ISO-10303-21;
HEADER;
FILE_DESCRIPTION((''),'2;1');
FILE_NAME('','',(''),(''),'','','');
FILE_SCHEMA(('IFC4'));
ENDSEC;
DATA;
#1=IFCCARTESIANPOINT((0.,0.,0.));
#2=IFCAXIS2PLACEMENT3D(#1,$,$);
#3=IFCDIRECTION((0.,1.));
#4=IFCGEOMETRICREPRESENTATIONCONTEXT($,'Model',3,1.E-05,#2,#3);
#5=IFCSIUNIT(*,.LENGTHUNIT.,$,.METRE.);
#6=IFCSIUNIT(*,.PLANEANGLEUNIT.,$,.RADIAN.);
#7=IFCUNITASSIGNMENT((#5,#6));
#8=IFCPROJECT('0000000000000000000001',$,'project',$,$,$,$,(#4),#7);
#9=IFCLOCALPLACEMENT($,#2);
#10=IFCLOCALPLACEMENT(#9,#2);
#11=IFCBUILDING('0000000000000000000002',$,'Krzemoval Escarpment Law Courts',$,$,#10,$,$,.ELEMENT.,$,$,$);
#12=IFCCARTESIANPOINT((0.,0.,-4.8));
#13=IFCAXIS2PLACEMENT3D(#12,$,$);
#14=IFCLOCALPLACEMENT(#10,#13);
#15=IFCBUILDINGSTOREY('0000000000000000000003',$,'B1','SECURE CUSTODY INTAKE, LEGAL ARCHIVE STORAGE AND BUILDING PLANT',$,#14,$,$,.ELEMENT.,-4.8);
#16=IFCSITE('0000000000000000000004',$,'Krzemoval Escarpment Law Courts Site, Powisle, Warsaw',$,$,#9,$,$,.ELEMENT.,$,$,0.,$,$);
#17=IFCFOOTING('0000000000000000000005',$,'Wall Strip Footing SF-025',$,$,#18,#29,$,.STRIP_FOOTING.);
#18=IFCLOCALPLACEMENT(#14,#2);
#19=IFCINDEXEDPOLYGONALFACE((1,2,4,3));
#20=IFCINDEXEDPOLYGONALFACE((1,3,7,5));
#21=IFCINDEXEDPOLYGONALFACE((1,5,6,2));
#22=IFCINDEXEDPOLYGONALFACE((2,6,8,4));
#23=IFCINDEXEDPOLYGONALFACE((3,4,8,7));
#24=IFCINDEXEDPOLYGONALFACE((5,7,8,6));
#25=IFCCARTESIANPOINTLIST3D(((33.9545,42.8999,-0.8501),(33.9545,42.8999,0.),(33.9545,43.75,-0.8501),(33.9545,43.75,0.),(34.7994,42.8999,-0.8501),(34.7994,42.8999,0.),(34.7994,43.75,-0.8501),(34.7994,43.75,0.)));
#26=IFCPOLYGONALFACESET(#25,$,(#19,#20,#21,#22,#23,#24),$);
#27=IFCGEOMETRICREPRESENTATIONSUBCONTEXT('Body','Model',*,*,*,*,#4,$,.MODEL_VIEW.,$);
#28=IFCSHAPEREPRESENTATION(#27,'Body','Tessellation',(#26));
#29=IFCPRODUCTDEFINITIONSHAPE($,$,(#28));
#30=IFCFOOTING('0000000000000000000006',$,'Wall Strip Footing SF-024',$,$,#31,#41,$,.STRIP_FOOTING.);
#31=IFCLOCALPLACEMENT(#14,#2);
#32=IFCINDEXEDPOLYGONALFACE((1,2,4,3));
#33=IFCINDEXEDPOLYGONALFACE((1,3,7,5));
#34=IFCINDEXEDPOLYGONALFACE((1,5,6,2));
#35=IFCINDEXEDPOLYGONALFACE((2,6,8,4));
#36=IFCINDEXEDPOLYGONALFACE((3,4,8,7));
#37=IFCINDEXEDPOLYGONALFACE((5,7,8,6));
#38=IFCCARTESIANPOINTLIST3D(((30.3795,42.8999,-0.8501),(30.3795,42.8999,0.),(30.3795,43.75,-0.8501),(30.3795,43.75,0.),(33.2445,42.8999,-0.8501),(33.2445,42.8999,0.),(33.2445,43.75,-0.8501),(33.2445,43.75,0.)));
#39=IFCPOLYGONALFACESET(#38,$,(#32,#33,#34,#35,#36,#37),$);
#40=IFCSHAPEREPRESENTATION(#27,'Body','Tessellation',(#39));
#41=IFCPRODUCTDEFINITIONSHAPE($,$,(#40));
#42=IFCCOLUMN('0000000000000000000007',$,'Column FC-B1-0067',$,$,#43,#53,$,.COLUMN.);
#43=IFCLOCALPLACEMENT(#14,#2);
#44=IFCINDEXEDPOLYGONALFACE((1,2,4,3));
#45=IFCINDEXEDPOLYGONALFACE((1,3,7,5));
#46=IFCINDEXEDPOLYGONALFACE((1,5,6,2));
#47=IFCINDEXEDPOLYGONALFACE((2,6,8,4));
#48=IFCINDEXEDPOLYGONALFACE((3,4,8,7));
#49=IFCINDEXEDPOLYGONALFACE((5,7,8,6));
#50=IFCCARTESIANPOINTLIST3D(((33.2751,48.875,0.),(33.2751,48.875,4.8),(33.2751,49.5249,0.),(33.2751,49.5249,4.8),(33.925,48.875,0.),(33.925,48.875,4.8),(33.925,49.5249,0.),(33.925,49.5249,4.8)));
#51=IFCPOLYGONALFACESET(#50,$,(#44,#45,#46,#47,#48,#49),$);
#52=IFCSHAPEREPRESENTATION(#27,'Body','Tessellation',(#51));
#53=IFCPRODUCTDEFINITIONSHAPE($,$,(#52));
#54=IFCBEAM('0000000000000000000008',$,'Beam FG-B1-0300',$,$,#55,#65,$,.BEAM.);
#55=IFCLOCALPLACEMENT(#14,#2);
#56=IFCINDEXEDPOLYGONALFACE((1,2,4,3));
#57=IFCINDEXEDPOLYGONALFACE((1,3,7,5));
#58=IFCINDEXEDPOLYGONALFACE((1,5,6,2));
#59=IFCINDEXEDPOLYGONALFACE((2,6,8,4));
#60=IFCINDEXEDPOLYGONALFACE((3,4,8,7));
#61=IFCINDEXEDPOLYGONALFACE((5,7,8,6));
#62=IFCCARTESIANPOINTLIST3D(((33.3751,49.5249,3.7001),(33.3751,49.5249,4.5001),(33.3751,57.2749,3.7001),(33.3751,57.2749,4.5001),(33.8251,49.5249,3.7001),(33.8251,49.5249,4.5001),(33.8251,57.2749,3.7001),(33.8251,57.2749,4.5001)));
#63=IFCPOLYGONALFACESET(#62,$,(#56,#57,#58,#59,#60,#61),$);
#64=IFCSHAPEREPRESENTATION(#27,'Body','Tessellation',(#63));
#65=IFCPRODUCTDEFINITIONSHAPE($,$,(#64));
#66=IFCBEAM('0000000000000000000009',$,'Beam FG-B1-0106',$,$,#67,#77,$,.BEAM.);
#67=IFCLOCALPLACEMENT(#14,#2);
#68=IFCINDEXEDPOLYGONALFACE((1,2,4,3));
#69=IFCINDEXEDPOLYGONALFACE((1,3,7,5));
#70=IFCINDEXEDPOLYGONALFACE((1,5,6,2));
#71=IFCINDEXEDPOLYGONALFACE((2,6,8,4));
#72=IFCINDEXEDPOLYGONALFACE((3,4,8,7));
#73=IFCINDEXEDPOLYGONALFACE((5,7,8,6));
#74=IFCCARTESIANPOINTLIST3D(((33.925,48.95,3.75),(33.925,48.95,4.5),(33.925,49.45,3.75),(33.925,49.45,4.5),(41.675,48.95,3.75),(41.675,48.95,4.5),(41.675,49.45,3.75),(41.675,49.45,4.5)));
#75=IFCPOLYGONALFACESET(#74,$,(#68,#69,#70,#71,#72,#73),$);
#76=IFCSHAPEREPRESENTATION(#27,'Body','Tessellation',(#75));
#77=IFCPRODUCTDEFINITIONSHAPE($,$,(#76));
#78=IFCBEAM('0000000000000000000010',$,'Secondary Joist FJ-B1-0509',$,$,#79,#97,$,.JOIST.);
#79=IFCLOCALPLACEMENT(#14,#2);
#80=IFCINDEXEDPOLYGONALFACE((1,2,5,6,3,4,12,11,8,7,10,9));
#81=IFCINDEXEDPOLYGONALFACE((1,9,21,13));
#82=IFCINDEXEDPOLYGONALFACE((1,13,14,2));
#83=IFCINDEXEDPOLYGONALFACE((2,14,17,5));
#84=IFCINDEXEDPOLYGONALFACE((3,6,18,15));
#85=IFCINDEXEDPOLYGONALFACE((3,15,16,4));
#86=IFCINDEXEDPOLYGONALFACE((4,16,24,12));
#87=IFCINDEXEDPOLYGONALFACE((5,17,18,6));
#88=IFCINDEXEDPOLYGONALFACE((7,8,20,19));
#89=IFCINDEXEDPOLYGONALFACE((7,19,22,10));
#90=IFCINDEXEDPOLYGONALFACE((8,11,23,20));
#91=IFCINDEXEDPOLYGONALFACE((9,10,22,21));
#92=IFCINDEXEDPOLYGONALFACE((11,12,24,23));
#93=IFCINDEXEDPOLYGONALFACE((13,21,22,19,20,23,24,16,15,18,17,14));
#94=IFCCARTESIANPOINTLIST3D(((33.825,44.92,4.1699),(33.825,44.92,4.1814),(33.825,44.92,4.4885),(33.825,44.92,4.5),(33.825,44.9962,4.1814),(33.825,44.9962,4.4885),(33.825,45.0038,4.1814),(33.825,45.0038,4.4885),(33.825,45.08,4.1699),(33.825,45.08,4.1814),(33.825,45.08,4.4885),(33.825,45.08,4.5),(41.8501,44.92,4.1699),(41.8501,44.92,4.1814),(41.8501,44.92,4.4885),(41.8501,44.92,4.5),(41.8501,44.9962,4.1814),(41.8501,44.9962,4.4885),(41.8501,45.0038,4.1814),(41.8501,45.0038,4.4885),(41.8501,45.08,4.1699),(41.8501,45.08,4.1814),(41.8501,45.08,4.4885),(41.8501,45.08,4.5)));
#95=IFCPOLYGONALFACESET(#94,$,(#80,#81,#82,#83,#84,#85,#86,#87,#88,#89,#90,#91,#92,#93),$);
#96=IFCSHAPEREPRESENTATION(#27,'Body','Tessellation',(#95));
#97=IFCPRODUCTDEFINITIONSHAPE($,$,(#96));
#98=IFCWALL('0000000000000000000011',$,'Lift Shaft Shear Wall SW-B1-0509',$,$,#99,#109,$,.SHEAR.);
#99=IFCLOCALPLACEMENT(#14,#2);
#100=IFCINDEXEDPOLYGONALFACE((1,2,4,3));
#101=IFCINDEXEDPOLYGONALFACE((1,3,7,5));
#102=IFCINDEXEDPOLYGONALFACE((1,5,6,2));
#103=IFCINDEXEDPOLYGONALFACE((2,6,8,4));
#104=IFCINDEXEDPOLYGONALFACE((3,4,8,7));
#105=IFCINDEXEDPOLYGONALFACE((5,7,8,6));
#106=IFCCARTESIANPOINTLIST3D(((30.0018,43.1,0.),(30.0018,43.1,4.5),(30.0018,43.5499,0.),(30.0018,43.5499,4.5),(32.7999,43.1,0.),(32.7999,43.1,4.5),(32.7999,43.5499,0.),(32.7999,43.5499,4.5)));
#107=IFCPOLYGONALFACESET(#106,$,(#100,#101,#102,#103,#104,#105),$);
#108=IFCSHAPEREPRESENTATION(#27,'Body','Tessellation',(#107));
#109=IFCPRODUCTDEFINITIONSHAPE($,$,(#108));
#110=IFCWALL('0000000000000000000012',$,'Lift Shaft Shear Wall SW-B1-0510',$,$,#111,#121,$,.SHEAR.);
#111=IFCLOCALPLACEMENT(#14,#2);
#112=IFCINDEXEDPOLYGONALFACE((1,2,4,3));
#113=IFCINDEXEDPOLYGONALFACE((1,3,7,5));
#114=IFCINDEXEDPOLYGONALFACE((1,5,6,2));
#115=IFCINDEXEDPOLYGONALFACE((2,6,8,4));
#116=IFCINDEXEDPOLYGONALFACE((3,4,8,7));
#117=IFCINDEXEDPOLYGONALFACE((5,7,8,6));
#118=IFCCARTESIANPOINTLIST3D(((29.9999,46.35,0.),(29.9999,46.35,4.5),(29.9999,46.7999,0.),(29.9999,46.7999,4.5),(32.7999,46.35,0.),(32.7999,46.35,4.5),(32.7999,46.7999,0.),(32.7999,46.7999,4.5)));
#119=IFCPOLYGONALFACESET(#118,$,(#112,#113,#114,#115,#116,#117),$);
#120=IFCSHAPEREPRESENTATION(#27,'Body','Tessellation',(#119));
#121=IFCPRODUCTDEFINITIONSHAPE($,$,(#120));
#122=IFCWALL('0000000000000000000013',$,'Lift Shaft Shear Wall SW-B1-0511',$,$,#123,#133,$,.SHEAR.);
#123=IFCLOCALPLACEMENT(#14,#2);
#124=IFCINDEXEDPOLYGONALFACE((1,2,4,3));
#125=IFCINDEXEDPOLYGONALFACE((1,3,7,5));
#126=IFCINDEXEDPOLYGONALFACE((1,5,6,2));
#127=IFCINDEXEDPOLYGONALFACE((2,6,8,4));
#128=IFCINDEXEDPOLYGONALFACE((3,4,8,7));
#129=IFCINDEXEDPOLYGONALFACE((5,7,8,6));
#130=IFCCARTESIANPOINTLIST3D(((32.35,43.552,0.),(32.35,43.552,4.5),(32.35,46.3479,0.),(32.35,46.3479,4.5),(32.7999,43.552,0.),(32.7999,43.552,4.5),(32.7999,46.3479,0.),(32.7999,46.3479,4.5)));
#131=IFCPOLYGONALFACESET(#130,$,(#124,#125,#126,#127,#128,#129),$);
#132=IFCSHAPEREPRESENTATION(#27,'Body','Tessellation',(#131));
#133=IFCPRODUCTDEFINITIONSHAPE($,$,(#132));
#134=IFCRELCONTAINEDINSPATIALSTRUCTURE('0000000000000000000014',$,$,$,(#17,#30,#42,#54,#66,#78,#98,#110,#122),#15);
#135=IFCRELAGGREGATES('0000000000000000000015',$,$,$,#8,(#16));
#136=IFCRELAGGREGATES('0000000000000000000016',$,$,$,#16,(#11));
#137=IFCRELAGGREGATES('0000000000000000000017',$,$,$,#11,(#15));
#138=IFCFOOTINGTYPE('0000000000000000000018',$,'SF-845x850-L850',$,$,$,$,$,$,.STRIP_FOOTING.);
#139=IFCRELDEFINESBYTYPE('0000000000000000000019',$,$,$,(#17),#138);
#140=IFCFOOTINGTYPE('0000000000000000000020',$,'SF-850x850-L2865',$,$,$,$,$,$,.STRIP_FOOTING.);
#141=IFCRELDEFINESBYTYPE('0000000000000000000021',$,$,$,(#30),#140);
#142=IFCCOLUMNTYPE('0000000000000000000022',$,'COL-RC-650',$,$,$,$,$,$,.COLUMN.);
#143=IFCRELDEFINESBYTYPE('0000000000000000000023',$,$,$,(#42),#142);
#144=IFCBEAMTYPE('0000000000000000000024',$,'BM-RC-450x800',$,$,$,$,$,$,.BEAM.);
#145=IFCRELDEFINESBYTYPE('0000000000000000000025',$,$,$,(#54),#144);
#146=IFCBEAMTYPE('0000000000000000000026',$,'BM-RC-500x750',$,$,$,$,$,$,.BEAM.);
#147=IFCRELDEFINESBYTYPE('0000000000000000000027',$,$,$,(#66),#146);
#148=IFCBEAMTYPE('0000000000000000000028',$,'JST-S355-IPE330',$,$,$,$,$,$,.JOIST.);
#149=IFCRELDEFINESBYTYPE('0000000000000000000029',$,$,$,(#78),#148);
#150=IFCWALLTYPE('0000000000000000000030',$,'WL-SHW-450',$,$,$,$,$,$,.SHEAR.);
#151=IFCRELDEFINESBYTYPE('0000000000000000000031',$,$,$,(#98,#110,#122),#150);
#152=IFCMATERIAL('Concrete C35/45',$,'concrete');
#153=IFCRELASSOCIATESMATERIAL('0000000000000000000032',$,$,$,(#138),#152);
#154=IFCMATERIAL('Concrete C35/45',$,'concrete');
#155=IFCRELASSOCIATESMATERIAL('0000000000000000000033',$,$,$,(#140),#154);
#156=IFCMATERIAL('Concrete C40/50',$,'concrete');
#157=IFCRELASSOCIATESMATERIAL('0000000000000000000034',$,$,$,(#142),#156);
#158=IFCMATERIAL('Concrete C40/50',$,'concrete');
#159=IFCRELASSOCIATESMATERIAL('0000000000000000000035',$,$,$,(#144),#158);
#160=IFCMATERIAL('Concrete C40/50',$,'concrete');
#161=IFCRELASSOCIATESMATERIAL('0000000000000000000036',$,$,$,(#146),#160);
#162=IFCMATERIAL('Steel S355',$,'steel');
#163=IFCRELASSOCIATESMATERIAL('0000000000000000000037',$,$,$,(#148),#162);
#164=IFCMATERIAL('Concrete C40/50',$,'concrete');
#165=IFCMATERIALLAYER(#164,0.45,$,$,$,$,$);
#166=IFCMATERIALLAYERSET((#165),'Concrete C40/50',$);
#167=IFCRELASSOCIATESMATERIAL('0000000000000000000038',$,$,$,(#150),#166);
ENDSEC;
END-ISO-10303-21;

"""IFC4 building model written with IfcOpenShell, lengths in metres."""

from ifc_helpers import new_model, si_unit, direction, frame, frame_2d, origin, origin_2d, place, context, subcontext, project, spatial, rectangle, i_section, extrude, material, layer, layer_set, material_profile, profile_set, type_object, element, save


model = new_model("IFC4")

# Units and contexts
model_context = context("Model", 3, precision=1e-05, world=origin(), true_north=direction((0.0, 1.0)))
body_context = subcontext(model_context, "Body", "Model", "MODEL_VIEW")
ifc_project = project(units=[si_unit("LENGTHUNIT", "METRE"), si_unit("PLANEANGLEUNIT", "RADIAN")], contexts=[model_context])

# Site, building, storey
site_placement = place(None, origin())
site = spatial("IfcSite", under=ifc_project, at=site_placement, Name="Krzemoval Escarpment Law Courts Site, Powisle, Warsaw", CompositionType="ELEMENT", RefElevation=0.0)
building_placement = place(site_placement, origin())
building = spatial("IfcBuilding", under=site, at=building_placement, Name="Krzemoval Escarpment Law Courts", CompositionType="ELEMENT")
storey_placement = place(building_placement, frame((0.0, 0.0, -4.8)))
storey = spatial("IfcBuildingStorey", under=building, at=storey_placement, Name="B1", Description="SECURE CUSTODY INTAKE, LEGAL ARCHIVE STORAGE AND BUILDING PLANT", CompositionType="ELEMENT", Elevation=-4.8)

# Footings
ifc_material_1 = material(Name="Concrete C35/45", Category="concrete")
footing_type_1 = type_object("IfcFootingType", Name="SF-845x850-L850", PredefinedType="STRIP_FOOTING", material=ifc_material_1)
footing_1_placement = place(storey_placement, frame((34.377, 43.325, -0.8501), z_axis=(0.0, 0.0, 1.0), x_axis=(0.0, 1.0, 0.0)))
element("IfcFooting", 1, at=footing_1_placement, inside=storey, type_object=footing_type_1, Name="Wall Strip Footing SF-025", PredefinedType="STRIP_FOOTING", context=body_context, shape_type="SweptSolid", body=[
    extrude(rectangle(XDim=0.8501, YDim=0.845, at=origin_2d()), origin(), (0.0, 0.0, 1.0), 0.8501),
])
ifc_material_2 = material(Name="Concrete C35/45", Category="concrete")
footing_type_2 = type_object("IfcFootingType", Name="SF-850x850-L2865", PredefinedType="STRIP_FOOTING", material=ifc_material_2)
footing_2_placement = place(storey_placement, frame((31.812, 43.325, -0.8501), z_axis=(0.0, 0.0, 1.0), x_axis=(1.0, 0.0, 0.0)))
element("IfcFooting", 2, at=footing_2_placement, inside=storey, type_object=footing_type_2, Name="Wall Strip Footing SF-024", PredefinedType="STRIP_FOOTING", context=body_context, shape_type="SweptSolid", body=[
    extrude(rectangle(XDim=2.865, YDim=0.8501, at=origin_2d()), origin(), (0.0, 0.0, 1.0), 0.8501),
])

# Column
ifc_material_3 = material(Name="Concrete C40/50", Category="concrete")
ifc_material_profile_1 = material_profile(ifc_material_3, rectangle(XDim=0.6499, YDim=0.6499, at=origin_2d()), Name="RC 650x650")
ifc_profile_set_1 = profile_set([ifc_material_profile_1], Name="Concrete C40/50")
column_type = type_object("IfcColumnType", Name="COL-RC-650", PredefinedType="COLUMN", material=ifc_profile_set_1)
column_placement = place(storey_placement, frame((33.6001, 49.2, 0.0), z_axis=(0.0, 0.0, 1.0), x_axis=(1.0, 0.0, 0.0)))
element("IfcColumn", 3, at=column_placement, inside=storey, type_object=column_type, Name="Column FC-B1-0067", PredefinedType="COLUMN", context=body_context, shape_type="SweptSolid", body=[
    extrude(rectangle(XDim=0.6499, YDim=0.6499, at=origin_2d()), origin(), (0.0, 0.0, 1.0), 4.8),
])

# Beams
ifc_material_4 = material(Name="Concrete C40/50", Category="concrete")
ifc_material_profile_2 = material_profile(ifc_material_4, rectangle(XDim=0.45, YDim=0.8, at=origin_2d()), Name="RCB 450x800")
ifc_profile_set_2 = profile_set([ifc_material_profile_2], Name="Concrete C40/50")
beam_type_1 = type_object("IfcBeamType", Name="BM-RC-450x800", PredefinedType="BEAM", material=ifc_profile_set_2)
beam_1_placement = place(storey_placement, frame((33.6001, 49.5249, 4.1001), z_axis=(0.0, 1.0, 0.0), x_axis=(-1.0, 0.0, 0.0)))
element("IfcBeam", 4, at=beam_1_placement, inside=storey, type_object=beam_type_1, Name="Beam FG-B1-0300", PredefinedType="BEAM", context=body_context, shape_type="SweptSolid", body=[
    extrude(rectangle(XDim=0.45, YDim=0.8, at=origin_2d()), origin(), (0.0, 0.0, 1.0), 7.75),
])
ifc_material_5 = material(Name="Concrete C40/50", Category="concrete")
ifc_material_profile_3 = material_profile(ifc_material_5, rectangle(XDim=0.5, YDim=0.75, at=origin_2d()), Name="RCB 500x750")
ifc_profile_set_3 = profile_set([ifc_material_profile_3], Name="Concrete C40/50")
beam_type_2 = type_object("IfcBeamType", Name="BM-RC-500x750", PredefinedType="BEAM", material=ifc_profile_set_3)
beam_2_placement = place(storey_placement, frame((33.925, 49.2, 4.125), z_axis=(1.0, 0.0, 0.0), x_axis=(0.0, 1.0, 0.0)))
element("IfcBeam", 5, at=beam_2_placement, inside=storey, type_object=beam_type_2, Name="Beam FG-B1-0106", PredefinedType="BEAM", context=body_context, shape_type="SweptSolid", body=[
    extrude(rectangle(XDim=0.5, YDim=0.75, at=origin_2d()), origin(), (0.0, 0.0, 1.0), 7.75),
])
ifc_material_6 = material(Name="Steel S355", Category="steel")
ifc_material_profile_4 = material_profile(ifc_material_6, i_section(OverallWidth=0.1599, OverallDepth=0.3301, WebThickness=0.0076, FlangeThickness=0.0115, at=origin_2d()), Name="IPE 330")
ifc_profile_set_4 = profile_set([ifc_material_profile_4], Name="Steel S355")
beam_type_3 = type_object("IfcBeamType", Name="JST-S355-IPE330", PredefinedType="JOIST", material=ifc_profile_set_4)
beam_3_placement = place(storey_placement, frame((33.825, 45.0, 4.335), z_axis=(1.0, 0.0, 0.0), x_axis=(0.0, 1.0, 0.0)))
element("IfcBeam", 6, at=beam_3_placement, inside=storey, type_object=beam_type_3, Name="Secondary Joist FJ-B1-0509", PredefinedType="JOIST", context=body_context, shape_type="SweptSolid", body=[
    extrude(i_section(OverallWidth=0.1599, OverallDepth=0.3301, WebThickness=0.0076, FlangeThickness=0.0115, at=origin_2d()), origin(), (0.0, 0.0, 1.0), 8.0251),
])

# Walls
ifc_material_7 = material(Name="Concrete C40/50", Category="concrete")
ifc_layer = layer(ifc_material_7, 0.45)
ifc_layer_set = layer_set([ifc_layer], Name="Concrete C40/50")
wall_type = type_object("IfcWallType", Name="WL-SHW-450", PredefinedType="SHEAR", material=ifc_layer_set)
wall_1_placement = place(storey_placement, frame((30.002, 43.325, 0.0), z_axis=(0.0, 0.0, 1.0), x_axis=(1.0, 0.0, 0.0)))
element("IfcWall", 7, at=wall_1_placement, inside=storey, type_object=wall_type, Name="Lift Shaft Shear Wall SW-B1-0509", PredefinedType="SHEAR", context=body_context, shape_type="SweptSolid", body=[
    extrude(rectangle(XDim=2.7981, YDim=0.45, at=frame_2d((1.3989, 0.0))), origin(), (0.0, 0.0, 1.0), 4.5),
])
wall_2_placement = place(storey_placement, frame((30.0, 46.575, 0.0), z_axis=(0.0, 0.0, 1.0), x_axis=(1.0, 0.0, 0.0)))
element("IfcWall", 8, at=wall_2_placement, inside=storey, type_object=wall_type, Name="Lift Shaft Shear Wall SW-B1-0510", PredefinedType="SHEAR", context=body_context, shape_type="SweptSolid", body=[
    extrude(rectangle(XDim=2.8, YDim=0.45, at=frame_2d((1.3999, 0.0))), origin(), (0.0, 0.0, 1.0), 4.5),
])
wall_3_placement = place(storey_placement, frame((32.575, 43.552, 0.0), z_axis=(0.0, 0.0, 1.0), x_axis=(0.0, 1.0, 0.0)))
element("IfcWall", 9, at=wall_3_placement, inside=storey, type_object=wall_type, Name="Lift Shaft Shear Wall SW-B1-0511", PredefinedType="SHEAR", context=body_context, shape_type="SweptSolid", body=[
    extrude(rectangle(XDim=2.7959, YDim=0.45, at=frame_2d((1.3979, 0.0))), origin(), (0.0, 0.0, 1.0), 4.5),
])

save(model, "model.ifc")
